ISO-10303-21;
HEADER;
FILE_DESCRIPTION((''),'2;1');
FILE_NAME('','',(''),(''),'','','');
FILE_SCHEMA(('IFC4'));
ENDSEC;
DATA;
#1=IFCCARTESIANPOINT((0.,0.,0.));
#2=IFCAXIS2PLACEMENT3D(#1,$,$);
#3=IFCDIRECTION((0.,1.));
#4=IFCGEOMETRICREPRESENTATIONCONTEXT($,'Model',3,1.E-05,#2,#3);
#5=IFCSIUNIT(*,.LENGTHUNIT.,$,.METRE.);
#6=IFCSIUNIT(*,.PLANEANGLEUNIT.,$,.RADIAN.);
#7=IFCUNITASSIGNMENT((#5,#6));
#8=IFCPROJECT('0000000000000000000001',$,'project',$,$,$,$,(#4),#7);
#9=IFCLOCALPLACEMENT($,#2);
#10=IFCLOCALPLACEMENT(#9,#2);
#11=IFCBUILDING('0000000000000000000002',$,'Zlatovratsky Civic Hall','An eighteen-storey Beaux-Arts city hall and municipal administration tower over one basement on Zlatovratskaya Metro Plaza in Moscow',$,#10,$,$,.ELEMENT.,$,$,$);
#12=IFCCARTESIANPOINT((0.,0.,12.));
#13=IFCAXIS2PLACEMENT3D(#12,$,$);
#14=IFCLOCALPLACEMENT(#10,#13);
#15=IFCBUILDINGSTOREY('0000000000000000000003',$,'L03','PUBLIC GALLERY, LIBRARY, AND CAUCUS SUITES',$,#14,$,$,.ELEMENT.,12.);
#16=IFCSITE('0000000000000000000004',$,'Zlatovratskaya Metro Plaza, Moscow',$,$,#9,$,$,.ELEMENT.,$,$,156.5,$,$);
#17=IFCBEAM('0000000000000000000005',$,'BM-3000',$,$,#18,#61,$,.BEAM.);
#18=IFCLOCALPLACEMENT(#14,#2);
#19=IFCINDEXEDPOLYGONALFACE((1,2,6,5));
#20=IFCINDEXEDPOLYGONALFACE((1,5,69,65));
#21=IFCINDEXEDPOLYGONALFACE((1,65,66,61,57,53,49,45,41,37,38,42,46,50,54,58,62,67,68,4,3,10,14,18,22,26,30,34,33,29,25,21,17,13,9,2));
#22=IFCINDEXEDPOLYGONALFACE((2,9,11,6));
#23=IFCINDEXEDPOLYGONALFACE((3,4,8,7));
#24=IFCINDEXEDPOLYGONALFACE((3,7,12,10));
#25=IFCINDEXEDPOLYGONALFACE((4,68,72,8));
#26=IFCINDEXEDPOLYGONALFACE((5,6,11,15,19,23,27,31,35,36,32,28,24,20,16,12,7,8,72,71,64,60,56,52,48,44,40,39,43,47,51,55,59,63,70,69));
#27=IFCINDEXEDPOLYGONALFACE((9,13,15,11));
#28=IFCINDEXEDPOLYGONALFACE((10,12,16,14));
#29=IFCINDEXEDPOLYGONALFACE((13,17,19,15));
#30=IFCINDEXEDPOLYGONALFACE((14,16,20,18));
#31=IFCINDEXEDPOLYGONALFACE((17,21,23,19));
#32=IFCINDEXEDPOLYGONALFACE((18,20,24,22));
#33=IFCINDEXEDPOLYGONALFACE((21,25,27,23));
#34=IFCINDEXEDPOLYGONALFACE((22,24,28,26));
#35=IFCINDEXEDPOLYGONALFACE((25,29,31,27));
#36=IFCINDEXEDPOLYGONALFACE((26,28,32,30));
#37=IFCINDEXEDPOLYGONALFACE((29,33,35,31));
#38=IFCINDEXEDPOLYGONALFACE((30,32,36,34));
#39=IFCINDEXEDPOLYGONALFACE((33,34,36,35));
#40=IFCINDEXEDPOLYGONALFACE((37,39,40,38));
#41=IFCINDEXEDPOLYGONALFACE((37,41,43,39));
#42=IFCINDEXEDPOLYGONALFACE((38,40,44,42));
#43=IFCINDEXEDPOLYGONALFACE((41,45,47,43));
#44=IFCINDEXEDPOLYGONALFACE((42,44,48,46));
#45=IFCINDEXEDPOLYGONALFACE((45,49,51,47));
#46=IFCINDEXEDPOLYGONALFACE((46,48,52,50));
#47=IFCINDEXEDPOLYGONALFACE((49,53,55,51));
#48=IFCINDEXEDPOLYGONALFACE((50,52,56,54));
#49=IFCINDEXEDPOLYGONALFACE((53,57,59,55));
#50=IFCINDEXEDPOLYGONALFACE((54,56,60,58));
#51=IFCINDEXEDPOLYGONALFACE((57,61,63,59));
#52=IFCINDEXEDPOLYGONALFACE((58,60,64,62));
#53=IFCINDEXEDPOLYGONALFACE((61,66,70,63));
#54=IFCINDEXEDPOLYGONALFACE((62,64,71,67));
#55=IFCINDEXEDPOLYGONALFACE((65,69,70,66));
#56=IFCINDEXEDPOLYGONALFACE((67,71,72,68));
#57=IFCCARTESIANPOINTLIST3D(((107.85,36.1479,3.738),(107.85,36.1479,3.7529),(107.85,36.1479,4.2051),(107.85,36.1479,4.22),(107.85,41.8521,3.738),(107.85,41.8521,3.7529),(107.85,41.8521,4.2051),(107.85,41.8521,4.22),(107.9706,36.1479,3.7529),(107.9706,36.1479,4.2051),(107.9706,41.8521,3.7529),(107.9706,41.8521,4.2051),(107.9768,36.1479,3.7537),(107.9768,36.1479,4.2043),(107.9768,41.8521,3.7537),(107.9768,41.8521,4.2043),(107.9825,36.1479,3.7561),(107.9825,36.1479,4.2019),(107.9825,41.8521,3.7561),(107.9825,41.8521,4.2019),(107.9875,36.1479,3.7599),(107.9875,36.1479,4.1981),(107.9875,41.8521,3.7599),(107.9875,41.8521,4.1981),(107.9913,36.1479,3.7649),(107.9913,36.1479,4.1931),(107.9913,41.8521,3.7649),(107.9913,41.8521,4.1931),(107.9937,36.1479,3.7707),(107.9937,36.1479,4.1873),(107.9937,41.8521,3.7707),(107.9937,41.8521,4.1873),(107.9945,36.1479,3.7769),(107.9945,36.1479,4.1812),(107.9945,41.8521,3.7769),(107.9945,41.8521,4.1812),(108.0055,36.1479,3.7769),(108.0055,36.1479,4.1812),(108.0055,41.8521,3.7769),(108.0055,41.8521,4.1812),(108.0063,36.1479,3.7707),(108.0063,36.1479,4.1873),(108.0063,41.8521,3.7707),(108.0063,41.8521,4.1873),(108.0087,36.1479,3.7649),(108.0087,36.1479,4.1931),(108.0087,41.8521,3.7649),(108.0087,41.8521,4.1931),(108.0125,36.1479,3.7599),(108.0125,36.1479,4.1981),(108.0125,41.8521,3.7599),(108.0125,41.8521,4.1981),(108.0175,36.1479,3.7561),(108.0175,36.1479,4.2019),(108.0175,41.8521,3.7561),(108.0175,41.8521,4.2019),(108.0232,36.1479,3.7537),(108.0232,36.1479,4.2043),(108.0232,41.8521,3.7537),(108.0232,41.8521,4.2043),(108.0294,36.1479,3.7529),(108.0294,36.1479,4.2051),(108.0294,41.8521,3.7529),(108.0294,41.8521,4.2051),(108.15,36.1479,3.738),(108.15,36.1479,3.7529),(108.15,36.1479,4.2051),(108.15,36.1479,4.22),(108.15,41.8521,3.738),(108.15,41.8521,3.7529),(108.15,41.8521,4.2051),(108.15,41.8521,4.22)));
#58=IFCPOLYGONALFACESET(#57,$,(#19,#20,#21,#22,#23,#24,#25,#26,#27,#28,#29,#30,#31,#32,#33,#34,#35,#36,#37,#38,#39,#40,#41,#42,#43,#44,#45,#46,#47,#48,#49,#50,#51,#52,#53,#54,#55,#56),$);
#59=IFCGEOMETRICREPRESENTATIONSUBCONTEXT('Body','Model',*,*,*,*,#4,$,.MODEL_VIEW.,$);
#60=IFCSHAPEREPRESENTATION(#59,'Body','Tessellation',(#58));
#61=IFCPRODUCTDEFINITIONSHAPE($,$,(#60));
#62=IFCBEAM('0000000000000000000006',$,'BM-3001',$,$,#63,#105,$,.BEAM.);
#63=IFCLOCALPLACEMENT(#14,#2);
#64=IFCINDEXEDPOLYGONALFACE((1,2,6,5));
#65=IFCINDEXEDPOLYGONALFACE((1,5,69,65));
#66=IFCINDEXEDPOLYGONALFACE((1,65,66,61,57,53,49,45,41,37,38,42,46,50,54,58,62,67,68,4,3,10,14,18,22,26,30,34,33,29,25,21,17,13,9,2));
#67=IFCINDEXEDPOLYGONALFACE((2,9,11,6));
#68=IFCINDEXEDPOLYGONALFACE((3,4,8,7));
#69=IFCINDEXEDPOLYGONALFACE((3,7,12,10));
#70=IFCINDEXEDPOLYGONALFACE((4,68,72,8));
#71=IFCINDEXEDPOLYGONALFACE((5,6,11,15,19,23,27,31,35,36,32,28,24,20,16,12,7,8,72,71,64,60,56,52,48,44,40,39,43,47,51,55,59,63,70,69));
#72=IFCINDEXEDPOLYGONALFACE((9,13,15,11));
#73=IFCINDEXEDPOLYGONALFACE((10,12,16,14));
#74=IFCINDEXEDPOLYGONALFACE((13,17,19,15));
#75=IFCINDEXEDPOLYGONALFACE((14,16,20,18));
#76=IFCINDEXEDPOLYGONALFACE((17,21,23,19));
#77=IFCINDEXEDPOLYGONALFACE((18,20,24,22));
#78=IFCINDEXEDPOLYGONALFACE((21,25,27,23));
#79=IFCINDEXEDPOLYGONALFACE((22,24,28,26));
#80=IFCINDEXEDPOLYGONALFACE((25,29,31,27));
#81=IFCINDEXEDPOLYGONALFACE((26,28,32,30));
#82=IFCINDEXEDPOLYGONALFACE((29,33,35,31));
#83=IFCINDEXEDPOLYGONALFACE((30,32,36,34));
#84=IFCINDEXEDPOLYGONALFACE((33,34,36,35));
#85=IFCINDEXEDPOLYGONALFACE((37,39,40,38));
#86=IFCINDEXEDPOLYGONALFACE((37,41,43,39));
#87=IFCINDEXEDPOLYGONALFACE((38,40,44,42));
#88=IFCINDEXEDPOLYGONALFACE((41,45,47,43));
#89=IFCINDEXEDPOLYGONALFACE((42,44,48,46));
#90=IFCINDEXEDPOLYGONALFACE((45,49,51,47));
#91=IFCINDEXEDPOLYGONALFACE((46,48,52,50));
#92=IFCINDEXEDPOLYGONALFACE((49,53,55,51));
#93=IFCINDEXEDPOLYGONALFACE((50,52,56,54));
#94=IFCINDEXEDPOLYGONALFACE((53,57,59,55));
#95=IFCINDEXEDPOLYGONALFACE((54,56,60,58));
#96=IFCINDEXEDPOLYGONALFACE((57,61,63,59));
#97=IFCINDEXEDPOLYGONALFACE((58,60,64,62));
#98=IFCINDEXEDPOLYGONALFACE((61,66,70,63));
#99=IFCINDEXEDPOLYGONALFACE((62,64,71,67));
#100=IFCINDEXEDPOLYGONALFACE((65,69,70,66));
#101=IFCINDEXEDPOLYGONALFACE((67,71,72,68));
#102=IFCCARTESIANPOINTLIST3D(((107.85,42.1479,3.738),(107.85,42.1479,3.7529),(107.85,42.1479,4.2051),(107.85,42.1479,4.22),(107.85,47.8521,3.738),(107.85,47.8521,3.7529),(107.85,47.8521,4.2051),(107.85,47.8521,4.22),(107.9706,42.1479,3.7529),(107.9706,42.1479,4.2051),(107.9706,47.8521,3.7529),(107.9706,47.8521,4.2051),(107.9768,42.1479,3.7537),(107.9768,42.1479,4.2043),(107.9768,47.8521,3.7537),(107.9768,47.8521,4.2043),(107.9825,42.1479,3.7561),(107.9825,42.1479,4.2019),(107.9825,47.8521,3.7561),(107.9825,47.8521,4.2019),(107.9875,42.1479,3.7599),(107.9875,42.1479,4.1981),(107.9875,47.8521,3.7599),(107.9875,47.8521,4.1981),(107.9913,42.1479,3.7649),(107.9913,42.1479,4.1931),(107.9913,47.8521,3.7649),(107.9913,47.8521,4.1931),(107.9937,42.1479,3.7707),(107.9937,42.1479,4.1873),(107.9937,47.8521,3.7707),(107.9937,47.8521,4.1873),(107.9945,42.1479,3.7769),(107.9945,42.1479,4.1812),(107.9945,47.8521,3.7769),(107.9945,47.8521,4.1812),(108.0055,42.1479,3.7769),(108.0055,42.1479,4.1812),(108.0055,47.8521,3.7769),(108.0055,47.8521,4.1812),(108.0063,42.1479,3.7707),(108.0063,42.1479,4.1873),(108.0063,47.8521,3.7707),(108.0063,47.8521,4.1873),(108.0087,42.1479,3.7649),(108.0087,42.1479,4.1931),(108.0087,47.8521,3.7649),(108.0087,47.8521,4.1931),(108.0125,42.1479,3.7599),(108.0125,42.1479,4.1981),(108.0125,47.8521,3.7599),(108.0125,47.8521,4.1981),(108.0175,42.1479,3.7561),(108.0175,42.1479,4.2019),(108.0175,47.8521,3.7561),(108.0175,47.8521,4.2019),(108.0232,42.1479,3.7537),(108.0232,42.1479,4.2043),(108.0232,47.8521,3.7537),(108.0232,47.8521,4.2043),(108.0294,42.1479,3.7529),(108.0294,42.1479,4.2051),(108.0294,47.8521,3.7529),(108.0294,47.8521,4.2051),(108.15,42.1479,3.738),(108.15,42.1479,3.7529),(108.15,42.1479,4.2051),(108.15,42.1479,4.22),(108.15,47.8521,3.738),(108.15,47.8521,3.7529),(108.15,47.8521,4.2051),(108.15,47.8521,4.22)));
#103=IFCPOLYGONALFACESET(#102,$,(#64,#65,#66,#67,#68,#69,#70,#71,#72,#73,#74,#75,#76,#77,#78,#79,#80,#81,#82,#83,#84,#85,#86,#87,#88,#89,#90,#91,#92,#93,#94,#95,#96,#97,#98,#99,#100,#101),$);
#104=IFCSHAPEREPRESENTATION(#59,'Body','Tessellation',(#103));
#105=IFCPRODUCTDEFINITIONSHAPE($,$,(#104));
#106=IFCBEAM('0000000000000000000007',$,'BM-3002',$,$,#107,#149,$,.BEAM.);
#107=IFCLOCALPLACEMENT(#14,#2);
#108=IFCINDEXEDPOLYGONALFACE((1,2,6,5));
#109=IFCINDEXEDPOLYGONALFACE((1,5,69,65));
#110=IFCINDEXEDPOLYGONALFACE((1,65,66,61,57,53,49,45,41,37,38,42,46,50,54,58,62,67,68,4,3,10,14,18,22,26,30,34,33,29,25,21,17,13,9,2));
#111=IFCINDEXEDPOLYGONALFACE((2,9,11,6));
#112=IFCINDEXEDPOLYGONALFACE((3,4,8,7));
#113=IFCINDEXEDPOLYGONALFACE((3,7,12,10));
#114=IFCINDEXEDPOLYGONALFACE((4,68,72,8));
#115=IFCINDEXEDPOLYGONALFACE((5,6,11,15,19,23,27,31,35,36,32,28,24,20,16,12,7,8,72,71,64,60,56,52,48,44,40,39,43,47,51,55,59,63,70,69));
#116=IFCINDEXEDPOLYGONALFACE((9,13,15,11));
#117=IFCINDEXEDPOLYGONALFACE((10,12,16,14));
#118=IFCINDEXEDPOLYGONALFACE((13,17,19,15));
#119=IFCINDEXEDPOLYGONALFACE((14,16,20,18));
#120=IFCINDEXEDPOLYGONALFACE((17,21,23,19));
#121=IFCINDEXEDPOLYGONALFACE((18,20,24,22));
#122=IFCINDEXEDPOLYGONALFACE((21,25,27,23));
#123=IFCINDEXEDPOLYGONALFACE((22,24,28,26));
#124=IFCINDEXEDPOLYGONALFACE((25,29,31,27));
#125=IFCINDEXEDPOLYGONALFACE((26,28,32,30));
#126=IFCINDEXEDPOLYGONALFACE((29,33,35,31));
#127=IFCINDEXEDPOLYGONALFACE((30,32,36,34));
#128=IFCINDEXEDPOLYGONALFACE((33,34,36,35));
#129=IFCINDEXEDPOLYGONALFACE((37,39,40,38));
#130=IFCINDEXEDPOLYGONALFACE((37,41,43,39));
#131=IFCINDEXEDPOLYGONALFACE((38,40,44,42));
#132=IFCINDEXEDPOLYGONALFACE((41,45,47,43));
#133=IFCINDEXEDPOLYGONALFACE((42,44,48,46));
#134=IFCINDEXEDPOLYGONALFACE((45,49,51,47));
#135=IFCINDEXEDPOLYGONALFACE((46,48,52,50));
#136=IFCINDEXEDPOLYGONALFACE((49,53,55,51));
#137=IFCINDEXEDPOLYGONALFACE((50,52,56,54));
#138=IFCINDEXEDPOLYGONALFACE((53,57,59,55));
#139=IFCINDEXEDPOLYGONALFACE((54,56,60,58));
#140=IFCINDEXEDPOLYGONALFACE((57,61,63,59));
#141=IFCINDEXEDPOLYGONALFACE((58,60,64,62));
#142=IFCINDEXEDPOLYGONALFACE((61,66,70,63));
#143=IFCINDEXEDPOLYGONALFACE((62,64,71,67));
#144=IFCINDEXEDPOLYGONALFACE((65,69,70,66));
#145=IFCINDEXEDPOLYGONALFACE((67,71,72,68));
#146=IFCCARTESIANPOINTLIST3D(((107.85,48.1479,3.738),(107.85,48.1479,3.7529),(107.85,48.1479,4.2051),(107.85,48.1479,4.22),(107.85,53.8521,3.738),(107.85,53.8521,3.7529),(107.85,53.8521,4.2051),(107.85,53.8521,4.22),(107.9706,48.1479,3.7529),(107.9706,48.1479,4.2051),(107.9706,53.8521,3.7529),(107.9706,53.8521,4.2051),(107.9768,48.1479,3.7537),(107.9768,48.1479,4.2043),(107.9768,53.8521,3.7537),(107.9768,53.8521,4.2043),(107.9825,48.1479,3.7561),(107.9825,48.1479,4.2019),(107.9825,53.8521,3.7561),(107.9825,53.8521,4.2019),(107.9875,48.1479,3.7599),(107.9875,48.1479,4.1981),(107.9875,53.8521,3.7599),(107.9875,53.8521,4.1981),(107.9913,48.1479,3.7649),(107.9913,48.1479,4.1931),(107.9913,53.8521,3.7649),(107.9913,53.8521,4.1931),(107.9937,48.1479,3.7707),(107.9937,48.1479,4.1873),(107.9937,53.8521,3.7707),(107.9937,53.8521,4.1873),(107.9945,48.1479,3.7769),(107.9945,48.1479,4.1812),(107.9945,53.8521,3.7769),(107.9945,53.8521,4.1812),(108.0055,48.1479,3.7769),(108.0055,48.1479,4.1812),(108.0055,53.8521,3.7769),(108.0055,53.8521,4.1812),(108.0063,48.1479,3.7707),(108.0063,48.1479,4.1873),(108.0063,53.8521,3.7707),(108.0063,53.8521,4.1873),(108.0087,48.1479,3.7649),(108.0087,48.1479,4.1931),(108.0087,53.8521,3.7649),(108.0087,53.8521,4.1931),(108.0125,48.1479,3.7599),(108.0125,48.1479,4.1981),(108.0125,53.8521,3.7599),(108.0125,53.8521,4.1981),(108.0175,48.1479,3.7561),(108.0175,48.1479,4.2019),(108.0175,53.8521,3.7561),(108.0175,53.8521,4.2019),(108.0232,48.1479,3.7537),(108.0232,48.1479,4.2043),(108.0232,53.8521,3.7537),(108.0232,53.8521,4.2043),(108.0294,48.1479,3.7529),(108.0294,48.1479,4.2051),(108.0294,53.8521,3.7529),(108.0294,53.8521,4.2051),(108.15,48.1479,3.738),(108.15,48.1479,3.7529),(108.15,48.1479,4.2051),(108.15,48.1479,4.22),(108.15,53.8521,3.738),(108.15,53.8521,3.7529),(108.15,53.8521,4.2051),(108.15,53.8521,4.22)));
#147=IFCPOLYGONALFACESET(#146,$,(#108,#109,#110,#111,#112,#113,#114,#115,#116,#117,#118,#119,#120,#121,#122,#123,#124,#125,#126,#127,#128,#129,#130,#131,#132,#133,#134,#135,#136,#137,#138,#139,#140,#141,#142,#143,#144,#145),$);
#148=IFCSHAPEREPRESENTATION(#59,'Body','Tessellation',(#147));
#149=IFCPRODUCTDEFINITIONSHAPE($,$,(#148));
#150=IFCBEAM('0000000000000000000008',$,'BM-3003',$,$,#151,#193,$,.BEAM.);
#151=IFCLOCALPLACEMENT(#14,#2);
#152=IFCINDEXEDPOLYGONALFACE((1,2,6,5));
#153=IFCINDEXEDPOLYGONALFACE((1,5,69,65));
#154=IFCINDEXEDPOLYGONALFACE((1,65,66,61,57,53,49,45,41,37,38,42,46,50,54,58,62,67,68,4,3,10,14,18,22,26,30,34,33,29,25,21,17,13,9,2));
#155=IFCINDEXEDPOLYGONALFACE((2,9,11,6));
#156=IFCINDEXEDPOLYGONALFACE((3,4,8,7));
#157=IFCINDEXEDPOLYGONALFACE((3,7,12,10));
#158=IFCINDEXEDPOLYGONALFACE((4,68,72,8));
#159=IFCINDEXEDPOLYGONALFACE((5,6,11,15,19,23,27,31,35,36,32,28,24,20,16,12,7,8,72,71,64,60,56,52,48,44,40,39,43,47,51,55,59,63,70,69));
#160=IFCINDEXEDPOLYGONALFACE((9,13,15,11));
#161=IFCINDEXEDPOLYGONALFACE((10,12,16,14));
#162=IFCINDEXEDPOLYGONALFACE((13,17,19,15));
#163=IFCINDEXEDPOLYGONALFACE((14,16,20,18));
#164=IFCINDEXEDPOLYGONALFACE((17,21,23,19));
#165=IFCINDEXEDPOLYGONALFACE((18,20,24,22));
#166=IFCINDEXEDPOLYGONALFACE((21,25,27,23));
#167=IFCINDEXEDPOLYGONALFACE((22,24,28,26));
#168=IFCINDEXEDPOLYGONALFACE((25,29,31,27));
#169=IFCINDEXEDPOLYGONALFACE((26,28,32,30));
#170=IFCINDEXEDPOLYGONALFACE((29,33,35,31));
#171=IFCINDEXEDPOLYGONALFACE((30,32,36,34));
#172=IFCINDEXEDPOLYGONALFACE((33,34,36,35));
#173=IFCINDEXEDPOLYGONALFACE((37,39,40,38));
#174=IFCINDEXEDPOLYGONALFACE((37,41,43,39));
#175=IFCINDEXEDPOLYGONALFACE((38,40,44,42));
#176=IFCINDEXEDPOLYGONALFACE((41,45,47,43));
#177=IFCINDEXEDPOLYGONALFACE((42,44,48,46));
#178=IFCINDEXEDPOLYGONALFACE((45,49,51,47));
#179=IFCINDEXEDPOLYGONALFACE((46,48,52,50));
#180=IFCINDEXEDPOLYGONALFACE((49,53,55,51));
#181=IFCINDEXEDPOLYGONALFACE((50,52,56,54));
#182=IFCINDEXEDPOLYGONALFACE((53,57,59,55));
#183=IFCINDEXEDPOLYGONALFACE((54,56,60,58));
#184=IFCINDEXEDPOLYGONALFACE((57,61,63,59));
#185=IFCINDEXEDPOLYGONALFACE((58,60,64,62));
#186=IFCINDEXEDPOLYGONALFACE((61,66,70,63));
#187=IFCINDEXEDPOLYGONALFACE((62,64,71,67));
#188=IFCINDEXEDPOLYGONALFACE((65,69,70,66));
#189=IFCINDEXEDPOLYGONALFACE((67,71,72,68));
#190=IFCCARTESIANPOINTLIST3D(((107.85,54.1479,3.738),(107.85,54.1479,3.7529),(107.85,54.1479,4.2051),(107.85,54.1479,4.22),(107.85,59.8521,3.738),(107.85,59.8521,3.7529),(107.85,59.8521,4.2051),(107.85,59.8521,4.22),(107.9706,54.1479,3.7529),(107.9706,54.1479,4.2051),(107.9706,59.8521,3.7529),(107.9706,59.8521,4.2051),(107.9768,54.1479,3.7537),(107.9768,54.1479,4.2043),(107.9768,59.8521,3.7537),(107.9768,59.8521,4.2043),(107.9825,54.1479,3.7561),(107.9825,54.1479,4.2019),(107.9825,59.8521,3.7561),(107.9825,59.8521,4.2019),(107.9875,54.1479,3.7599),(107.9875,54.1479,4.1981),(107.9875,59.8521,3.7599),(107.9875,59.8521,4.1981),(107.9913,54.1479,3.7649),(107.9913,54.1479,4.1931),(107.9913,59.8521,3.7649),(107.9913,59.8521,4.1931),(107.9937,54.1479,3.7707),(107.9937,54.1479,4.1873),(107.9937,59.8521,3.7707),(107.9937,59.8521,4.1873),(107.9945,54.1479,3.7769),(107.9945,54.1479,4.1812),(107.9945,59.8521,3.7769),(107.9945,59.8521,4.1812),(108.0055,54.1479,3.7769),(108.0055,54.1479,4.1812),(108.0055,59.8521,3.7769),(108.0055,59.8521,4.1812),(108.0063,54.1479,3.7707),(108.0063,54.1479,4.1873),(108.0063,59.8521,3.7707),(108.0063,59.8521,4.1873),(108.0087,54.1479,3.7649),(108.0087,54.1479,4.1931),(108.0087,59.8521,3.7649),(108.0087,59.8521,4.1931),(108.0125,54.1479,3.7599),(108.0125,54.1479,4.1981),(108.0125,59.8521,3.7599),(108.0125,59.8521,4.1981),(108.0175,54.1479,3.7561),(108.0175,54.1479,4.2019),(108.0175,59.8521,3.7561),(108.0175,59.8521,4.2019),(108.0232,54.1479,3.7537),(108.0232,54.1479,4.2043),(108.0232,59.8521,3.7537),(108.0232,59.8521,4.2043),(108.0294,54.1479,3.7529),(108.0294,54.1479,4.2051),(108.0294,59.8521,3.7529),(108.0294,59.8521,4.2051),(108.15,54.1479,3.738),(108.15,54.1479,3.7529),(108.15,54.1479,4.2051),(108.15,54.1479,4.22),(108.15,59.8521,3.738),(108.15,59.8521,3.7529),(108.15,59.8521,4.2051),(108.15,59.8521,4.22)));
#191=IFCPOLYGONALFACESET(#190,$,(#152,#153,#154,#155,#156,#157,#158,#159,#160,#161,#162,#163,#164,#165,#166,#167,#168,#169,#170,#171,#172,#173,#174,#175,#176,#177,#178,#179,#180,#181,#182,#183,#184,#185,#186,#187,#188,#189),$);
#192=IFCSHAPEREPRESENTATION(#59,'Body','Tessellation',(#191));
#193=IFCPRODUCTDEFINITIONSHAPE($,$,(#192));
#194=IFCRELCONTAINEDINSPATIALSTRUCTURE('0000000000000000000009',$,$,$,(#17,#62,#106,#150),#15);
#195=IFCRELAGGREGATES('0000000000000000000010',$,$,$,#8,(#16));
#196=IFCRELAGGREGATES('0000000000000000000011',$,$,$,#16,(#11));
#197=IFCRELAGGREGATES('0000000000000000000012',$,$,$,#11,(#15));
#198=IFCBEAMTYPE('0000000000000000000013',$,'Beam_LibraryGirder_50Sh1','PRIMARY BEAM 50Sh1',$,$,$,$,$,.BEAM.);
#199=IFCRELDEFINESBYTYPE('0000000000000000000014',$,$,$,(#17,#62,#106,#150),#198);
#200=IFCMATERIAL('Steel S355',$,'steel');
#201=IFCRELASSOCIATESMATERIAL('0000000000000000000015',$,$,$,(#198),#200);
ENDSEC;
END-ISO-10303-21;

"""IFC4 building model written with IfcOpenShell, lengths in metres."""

from ifc_helpers import new_model, si_unit, direction, frame, origin, origin_2d, place, context, subcontext, project, spatial, i_section, extrude, material, material_profile, profile_set, type_object, element, save


model = new_model("IFC4")

# Units and contexts
model_context = context("Model", 3, precision=1e-05, world=origin(), true_north=direction((0.0, 1.0)))
body_context = subcontext(model_context, "Body", "Model", "MODEL_VIEW")
ifc_project = project(units=[si_unit("LENGTHUNIT", "METRE"), si_unit("PLANEANGLEUNIT", "RADIAN")], contexts=[model_context])

# Site, building, storey
site_placement = place(None, origin())
site = spatial("IfcSite", under=ifc_project, at=site_placement, Name="Zlatovratskaya Metro Plaza, Moscow", CompositionType="ELEMENT", RefElevation=156.5)
building_placement = place(site_placement, origin())
building = spatial("IfcBuilding", under=site, at=building_placement, Name="Zlatovratsky Civic Hall", Description="An eighteen-storey Beaux-Arts city hall and municipal administration tower over one basement on Zlatovratskaya Metro Plaza in Moscow", CompositionType="ELEMENT")
storey_placement = place(building_placement, frame((0.0, 0.0, 12.0)))
storey = spatial("IfcBuildingStorey", under=building, at=storey_placement, Name="L03", Description="PUBLIC GALLERY, LIBRARY, AND CAUCUS SUITES", CompositionType="ELEMENT", Elevation=12.0)

# Shared definitions
ifc_material_1 = material(Name="Steel S355", Category="steel")

# Beams
ifc_material_profile_1 = material_profile(ifc_material_1, i_section(OverallWidth=0.3, OverallDepth=0.4819, WebThickness=0.011, FlangeThickness=0.0149, FilletRadius=0.0239, at=origin_2d()), Name="50Sh1")
ifc_profile_set_1 = profile_set([ifc_material_profile_1], Name="Steel S355")
beam_type = type_object("IfcBeamType", Name="Beam_LibraryGirder_50Sh1", Description="PRIMARY BEAM 50Sh1", PredefinedType="BEAM", material=ifc_profile_set_1)
for number, where, z_axis, x_axis, name in (
    (1, (108.0, 36.1479, 3.979), (0.0, 1.0, 0.0), (-1.0, 0.0, 0.0), "BM-3000"),
    (2, (108.0, 42.1479, 3.979), (0.0, 1.0, 0.0), (-1.0, 0.0, 0.0), "BM-3001"),
    (3, (108.0, 48.1479, 3.979), (0.0, 1.0, 0.0), (-1.0, 0.0, 0.0), "BM-3002"),
    (4, (108.0, 54.1479, 3.979), (0.0, 1.0, 0.0), (-1.0, 0.0, 0.0), "BM-3003"),
):
    element("IfcBeam", number, at=place(storey_placement, frame(where, z_axis=z_axis, x_axis=x_axis)), inside=storey, type_object=beam_type, Name=name, PredefinedType="BEAM", context=body_context, shape_type="SweptSolid", body=[
        extrude(i_section(OverallWidth=0.3, OverallDepth=0.4819, WebThickness=0.011, FlangeThickness=0.0149, FilletRadius=0.0239, at=origin_2d()), origin(), (0.0, 0.0, 1.0), 5.7041),
    ])

save(model, "model.ifc")
